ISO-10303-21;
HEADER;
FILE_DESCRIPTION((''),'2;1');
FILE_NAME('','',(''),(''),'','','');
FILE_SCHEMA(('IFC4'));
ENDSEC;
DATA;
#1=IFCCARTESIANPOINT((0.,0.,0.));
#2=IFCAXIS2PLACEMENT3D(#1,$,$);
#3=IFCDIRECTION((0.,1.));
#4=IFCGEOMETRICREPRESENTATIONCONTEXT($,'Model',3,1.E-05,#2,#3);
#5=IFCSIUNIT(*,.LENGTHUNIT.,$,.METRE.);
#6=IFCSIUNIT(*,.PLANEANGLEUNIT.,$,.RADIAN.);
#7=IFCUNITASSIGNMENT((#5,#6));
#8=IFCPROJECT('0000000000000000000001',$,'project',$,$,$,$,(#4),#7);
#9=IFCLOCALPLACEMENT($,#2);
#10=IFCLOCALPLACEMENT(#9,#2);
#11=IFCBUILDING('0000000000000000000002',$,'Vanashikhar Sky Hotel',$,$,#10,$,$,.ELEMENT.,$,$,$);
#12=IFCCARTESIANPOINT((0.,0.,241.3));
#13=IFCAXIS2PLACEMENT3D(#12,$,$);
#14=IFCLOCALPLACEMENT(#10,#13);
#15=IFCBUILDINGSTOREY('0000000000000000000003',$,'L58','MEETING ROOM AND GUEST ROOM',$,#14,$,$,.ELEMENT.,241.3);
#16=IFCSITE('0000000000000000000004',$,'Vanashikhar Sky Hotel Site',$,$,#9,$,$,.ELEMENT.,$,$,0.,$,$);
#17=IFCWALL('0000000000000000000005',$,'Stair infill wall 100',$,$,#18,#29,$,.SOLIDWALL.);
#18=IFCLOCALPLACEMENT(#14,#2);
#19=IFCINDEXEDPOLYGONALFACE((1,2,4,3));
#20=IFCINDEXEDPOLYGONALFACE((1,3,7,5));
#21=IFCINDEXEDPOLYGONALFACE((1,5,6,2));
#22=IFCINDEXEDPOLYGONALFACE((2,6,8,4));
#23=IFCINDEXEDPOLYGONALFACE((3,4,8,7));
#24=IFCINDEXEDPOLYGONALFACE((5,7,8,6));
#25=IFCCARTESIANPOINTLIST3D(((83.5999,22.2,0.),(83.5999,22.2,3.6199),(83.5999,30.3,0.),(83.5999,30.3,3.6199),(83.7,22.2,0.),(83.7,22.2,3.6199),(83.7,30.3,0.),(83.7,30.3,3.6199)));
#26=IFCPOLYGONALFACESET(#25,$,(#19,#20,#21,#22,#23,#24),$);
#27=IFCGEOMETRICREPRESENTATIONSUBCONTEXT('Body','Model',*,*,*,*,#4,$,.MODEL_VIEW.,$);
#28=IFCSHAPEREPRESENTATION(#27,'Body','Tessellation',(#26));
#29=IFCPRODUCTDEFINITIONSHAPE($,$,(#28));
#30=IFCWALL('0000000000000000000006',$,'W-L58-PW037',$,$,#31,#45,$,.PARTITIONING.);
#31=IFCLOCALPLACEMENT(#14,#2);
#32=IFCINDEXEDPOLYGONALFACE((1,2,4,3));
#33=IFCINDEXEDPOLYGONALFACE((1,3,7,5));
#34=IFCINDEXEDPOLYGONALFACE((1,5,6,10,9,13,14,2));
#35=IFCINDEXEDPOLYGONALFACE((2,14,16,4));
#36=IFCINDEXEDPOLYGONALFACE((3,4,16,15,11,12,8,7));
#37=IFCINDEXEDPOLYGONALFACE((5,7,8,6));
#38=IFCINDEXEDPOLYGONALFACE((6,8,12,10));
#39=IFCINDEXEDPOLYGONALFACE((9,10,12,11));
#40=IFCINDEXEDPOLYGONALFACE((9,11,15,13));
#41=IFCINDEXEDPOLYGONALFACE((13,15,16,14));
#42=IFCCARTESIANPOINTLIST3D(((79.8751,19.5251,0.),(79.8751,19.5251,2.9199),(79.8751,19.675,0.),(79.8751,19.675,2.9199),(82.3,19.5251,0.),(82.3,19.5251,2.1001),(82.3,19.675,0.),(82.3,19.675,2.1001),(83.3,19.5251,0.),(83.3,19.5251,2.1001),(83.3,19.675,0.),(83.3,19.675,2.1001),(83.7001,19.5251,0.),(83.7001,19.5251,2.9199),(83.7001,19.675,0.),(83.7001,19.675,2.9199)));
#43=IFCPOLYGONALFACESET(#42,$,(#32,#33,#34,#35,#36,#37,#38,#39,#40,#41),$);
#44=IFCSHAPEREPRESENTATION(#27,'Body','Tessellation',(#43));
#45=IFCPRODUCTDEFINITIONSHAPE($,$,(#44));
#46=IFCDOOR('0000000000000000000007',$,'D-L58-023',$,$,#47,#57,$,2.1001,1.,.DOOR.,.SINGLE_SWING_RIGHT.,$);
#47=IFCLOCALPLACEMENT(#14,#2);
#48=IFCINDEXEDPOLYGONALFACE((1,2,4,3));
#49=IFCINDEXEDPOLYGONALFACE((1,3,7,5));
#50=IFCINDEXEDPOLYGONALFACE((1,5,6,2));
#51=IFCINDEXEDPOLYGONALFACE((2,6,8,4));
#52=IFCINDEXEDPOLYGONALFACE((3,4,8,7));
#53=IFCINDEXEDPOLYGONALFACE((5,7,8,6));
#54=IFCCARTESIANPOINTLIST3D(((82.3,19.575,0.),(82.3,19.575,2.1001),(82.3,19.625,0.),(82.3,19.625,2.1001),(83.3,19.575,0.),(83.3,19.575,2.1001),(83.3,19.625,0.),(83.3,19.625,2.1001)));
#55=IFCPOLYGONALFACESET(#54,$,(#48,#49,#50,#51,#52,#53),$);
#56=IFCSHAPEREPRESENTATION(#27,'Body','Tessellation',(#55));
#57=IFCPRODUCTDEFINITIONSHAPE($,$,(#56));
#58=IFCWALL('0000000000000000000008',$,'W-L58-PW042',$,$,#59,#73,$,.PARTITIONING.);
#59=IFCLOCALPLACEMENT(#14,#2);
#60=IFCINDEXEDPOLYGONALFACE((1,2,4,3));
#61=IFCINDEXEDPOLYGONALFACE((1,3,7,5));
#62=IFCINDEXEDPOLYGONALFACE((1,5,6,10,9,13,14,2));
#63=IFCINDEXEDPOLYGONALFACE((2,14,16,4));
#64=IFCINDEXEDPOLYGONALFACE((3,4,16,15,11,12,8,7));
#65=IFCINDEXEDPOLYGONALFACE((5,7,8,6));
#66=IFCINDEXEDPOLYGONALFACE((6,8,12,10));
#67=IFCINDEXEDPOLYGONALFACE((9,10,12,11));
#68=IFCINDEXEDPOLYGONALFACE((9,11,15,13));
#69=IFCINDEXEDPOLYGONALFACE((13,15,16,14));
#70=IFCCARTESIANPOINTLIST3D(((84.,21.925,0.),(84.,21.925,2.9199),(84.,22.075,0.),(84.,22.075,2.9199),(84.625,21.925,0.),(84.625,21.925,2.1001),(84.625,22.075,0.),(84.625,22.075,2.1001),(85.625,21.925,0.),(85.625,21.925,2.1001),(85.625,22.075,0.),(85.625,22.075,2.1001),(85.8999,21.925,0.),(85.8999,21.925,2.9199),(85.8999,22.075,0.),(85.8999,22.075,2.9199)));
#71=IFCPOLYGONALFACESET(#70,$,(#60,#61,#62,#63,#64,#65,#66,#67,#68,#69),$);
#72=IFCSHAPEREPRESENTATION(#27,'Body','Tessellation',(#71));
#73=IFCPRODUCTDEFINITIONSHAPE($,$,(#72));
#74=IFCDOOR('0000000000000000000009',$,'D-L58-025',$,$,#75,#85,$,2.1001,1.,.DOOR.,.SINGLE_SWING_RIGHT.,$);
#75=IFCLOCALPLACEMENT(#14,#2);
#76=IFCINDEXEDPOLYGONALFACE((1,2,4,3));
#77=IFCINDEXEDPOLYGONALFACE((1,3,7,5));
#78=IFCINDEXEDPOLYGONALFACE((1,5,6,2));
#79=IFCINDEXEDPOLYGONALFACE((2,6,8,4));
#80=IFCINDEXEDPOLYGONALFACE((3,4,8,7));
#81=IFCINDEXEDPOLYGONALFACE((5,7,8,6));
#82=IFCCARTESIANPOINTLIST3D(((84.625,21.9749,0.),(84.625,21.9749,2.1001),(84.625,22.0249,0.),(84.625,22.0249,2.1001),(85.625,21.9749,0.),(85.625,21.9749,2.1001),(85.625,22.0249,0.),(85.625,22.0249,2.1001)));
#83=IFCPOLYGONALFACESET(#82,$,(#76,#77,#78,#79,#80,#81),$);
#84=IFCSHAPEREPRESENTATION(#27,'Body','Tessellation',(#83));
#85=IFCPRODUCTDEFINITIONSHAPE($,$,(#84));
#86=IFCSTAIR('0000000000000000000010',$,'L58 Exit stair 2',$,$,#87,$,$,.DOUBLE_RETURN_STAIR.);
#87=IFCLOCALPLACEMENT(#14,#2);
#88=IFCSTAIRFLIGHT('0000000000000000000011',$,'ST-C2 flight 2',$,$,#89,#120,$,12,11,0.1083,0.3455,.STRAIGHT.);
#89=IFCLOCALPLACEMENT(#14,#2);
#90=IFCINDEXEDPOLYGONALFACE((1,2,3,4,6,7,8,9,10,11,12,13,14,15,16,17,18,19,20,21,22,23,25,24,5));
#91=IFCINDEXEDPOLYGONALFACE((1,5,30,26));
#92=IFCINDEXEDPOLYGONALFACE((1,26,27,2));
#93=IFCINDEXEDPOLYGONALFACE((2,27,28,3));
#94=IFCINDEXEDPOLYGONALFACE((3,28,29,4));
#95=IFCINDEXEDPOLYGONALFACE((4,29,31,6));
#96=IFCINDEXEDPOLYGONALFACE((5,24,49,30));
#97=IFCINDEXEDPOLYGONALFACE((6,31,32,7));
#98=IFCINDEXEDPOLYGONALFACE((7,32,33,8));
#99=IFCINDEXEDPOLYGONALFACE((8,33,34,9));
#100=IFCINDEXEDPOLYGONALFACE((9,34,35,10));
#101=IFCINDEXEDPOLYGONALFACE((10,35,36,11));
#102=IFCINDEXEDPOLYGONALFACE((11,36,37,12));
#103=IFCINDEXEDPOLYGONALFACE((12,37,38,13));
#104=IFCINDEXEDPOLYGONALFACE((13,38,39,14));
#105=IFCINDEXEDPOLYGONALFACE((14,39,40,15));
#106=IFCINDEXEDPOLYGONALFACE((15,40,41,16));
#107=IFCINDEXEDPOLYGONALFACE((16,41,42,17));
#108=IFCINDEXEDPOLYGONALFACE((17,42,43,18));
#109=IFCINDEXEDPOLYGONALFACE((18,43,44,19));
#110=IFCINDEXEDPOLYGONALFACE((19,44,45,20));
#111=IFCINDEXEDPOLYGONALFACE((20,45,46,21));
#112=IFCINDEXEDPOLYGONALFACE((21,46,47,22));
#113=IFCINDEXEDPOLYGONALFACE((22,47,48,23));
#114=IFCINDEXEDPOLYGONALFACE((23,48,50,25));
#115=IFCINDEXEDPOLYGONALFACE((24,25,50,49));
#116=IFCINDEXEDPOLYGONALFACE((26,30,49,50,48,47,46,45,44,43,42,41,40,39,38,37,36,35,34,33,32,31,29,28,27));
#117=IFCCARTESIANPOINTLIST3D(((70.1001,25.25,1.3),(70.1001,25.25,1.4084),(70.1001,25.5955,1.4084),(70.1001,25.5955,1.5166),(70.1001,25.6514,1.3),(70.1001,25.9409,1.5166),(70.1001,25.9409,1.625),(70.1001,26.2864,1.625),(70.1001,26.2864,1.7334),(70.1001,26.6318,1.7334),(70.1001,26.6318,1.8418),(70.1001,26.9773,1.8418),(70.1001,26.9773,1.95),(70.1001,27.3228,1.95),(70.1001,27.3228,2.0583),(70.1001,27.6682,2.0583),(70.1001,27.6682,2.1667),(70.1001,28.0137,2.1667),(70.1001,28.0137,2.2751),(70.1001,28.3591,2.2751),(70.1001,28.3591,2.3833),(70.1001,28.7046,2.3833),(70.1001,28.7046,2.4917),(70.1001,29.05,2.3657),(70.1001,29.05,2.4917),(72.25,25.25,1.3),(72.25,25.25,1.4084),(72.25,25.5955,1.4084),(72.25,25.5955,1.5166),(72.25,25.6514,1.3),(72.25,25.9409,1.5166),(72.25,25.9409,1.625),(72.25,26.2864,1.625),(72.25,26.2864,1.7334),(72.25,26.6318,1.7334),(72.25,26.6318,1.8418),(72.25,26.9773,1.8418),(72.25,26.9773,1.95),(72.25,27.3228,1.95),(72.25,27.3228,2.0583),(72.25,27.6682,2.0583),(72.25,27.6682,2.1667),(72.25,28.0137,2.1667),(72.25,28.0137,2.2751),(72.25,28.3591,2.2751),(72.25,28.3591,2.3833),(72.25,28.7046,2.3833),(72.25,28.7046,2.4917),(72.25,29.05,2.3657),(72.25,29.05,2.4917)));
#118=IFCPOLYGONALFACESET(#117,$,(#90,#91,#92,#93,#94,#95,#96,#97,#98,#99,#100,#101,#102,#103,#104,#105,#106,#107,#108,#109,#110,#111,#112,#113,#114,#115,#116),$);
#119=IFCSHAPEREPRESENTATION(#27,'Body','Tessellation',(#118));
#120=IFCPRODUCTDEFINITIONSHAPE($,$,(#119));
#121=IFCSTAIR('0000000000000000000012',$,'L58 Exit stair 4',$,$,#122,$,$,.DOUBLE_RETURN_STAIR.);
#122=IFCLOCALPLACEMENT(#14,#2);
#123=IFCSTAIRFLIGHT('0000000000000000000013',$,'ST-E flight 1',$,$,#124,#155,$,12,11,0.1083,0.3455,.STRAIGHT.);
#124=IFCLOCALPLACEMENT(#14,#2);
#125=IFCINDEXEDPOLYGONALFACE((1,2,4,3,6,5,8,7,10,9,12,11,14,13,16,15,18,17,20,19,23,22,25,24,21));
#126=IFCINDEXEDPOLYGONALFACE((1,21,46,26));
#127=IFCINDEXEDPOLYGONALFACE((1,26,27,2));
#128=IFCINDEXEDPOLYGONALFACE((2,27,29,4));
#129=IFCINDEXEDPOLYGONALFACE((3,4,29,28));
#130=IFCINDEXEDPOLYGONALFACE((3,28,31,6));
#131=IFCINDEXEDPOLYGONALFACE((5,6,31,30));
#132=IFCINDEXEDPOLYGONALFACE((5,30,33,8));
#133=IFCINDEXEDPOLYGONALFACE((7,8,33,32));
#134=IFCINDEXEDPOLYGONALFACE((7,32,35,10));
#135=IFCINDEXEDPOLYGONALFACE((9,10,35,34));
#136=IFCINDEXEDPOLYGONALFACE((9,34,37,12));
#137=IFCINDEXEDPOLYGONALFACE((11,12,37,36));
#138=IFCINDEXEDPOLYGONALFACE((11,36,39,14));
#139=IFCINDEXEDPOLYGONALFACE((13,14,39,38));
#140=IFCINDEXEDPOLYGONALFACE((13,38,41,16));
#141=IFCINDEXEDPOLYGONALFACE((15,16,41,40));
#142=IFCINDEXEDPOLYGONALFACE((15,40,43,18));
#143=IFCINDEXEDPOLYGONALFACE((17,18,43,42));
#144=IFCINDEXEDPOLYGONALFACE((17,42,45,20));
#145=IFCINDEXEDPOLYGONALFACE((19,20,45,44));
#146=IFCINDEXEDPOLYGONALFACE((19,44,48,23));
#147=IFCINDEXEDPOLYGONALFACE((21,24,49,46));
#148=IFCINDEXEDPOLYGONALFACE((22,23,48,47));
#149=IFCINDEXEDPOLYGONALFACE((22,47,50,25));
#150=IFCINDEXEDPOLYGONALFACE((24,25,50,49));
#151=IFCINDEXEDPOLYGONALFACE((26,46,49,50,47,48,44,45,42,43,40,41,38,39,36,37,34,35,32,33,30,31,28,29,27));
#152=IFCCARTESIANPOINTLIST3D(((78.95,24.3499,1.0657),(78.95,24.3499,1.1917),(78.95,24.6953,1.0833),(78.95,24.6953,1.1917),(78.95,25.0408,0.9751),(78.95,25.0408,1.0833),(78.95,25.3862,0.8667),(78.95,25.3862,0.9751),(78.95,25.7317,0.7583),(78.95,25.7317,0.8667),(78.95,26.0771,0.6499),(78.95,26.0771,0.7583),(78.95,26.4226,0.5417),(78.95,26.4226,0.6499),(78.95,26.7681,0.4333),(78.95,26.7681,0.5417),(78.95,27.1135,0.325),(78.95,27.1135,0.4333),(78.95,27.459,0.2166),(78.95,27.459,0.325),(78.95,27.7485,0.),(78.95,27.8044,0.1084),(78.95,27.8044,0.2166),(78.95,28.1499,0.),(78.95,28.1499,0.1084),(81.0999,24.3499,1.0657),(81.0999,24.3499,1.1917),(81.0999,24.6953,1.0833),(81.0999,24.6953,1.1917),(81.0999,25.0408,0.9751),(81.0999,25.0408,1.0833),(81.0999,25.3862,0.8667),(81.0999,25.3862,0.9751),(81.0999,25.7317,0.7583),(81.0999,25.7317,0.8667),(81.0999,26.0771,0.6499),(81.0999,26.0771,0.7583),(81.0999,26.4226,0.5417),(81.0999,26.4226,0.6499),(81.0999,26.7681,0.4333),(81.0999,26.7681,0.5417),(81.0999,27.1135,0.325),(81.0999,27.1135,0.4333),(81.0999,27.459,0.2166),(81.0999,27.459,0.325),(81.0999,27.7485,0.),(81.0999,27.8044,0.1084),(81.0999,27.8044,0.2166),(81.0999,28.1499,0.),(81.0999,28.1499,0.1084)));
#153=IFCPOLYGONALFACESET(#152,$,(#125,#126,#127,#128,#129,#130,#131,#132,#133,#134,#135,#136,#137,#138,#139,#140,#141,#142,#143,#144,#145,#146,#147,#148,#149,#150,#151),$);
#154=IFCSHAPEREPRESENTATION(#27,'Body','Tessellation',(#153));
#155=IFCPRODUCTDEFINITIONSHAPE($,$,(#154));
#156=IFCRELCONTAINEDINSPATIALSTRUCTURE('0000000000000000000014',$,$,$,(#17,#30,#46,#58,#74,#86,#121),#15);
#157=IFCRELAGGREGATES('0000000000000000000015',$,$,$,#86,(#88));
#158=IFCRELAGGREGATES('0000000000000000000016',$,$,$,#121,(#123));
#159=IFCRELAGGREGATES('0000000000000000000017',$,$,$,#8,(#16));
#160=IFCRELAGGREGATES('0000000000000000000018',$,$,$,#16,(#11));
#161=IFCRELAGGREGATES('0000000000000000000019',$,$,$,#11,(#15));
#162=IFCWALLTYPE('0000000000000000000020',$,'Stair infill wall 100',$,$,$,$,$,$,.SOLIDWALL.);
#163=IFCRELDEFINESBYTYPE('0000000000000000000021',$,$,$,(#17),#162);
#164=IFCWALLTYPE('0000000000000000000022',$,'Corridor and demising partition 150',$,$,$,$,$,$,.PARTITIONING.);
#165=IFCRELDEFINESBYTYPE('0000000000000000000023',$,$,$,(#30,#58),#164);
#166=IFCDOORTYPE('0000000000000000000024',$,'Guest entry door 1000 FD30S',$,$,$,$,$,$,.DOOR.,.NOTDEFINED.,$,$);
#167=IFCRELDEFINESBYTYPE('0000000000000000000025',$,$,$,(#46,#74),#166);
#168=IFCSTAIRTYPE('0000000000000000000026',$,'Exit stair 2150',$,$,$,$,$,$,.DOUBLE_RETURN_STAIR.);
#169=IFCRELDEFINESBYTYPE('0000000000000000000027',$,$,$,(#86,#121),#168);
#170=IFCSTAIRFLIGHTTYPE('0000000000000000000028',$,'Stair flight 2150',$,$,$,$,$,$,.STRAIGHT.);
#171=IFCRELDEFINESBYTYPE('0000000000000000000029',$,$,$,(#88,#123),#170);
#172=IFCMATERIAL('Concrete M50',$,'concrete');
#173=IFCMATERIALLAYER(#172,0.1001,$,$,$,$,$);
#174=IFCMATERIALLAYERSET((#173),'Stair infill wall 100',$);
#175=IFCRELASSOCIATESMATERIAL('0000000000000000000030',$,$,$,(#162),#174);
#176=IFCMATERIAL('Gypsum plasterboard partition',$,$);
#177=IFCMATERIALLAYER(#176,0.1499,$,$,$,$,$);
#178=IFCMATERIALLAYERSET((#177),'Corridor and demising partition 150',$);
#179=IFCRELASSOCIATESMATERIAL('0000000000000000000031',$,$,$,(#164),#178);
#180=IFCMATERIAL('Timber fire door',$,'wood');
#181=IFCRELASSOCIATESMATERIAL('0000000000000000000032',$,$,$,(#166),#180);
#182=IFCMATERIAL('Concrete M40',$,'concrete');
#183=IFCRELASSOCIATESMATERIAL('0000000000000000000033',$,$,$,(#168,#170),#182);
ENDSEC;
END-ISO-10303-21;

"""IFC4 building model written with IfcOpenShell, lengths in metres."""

from ifc_helpers import new_model, si_unit, direction, frame, frame_2d, origin, place, context, subcontext, project, spatial, polyline, rectangle, outline, extrude, source, transform, mapped, material, layer, layer_set, type_object, element, fill, aggregate, save


model = new_model("IFC4")

# Units and contexts
model_context = context("Model", 3, precision=1e-05, world=origin(), true_north=direction((0.0, 1.0)))
body_context = subcontext(model_context, "Body", "Model", "MODEL_VIEW")
ifc_project = project(units=[si_unit("LENGTHUNIT", "METRE"), si_unit("PLANEANGLEUNIT", "RADIAN")], contexts=[model_context])

# Site, building, storey
site_placement = place(None, origin())
site = spatial("IfcSite", under=ifc_project, at=site_placement, Name="Vanashikhar Sky Hotel Site", CompositionType="ELEMENT", RefElevation=0.0)
building_placement = place(site_placement, origin())
building = spatial("IfcBuilding", under=site, at=building_placement, Name="Vanashikhar Sky Hotel", CompositionType="ELEMENT")
storey_placement = place(building_placement, frame((0.0, 0.0, 241.3)))
storey = spatial("IfcBuildingStorey", under=building, at=storey_placement, Name="L58", Description="MEETING ROOM AND GUEST ROOM", CompositionType="ELEMENT", Elevation=241.3)

# Shared definitions
ifc_material_1 = material(Name="Concrete M50", Category="concrete")

# Wall
ifc_layer_1 = layer(ifc_material_1, 0.1001)
ifc_layer_set_1 = layer_set([ifc_layer_1], Name="Stair infill wall 100")
wall_type_1 = type_object("IfcWallType", Name="Stair infill wall 100", PredefinedType="SOLIDWALL", material=ifc_layer_set_1)
shared_shape_1 = source(origin(), body_context, "Body", "SweptSolid", [
    extrude(rectangle(XDim=8.1001, YDim=0.1001, at=frame_2d((4.05, 0.0))), origin(), (0.0, 0.0, 1.0), 3.6199),
])
wall_1_placement = place(storey_placement, frame((83.6499, 22.2, 0.0), z_axis=(0.0, 0.0, 1.0), x_axis=(0.0, 1.0, 0.0)))
element("IfcWall", 1, at=wall_1_placement, inside=storey, type_object=wall_type_1, Name="Stair infill wall 100", PredefinedType="SOLIDWALL", context=body_context, shape_type="MappedRepresentation", body=[
    mapped(shared_shape_1, transform((0.0, 0.0, 0.0), scale=1.0)),
])

# Walls, openings, doors
ifc_material_2 = material(Name="Gypsum plasterboard partition")
ifc_layer_2 = layer(ifc_material_2, 0.1499)
ifc_layer_set_2 = layer_set([ifc_layer_2], Name="Corridor and demising partition 150")
wall_type_2 = type_object("IfcWallType", Name="Corridor and demising partition 150", PredefinedType="PARTITIONING", material=ifc_layer_set_2)
shared_shape_2 = source(origin(), body_context, "Body", "SweptSolid", [
    extrude(rectangle(XDim=3.825, YDim=0.1499, at=frame_2d((1.9126, 0.0))), origin(), (0.0, 0.0, 1.0), 2.9199),
])
wall_2_placement = place(storey_placement, frame((79.875, 19.6001, 0.0), z_axis=(0.0, 0.0, 1.0), x_axis=(1.0, 0.0, 0.0)))
wall_2 = element("IfcWall", 2, at=wall_2_placement, inside=storey, type_object=wall_type_2, Name="W-L58-PW037", PredefinedType="PARTITIONING", context=body_context, shape_type="MappedRepresentation", body=[
    mapped(shared_shape_2, transform((0.0, 0.0, 0.0), scale=1.0)),
])
shared_shape_3 = source(origin(), body_context, "Body", "SweptSolid", [
    extrude(rectangle(XDim=1.0, YDim=2.1001, at=frame_2d((0.5, 1.05))), frame((0.0, 0.085, 0.0), z_axis=(0.0, -1.0, 0.0), x_axis=(1.0, 0.0, 0.0)), (0.0, 0.0, 1.0), 0.1699),
])
opening_1_placement = place(wall_2_placement, frame((2.425, 0.0, 0.0)))
opening_1 = element("IfcOpeningElement", 3, at=opening_1_placement, cuts=wall_2, PredefinedType="OPENING", context=body_context, shape_type="MappedRepresentation", body=[
    mapped(shared_shape_3, transform((0.0, 0.0, 0.0), scale=1.0)),
])
ifc_material_3 = material(Name="Timber fire door", Category="wood")
door_type_1 = type_object("IfcDoorType", Name="Guest entry door 1000 FD30S", OperationType="NOTDEFINED", PredefinedType="DOOR", material=ifc_material_3)
shared_shape_4 = source(origin(), body_context, "Body", "SweptSolid", [
    extrude(rectangle(XDim=1.0, YDim=2.1001, at=frame_2d((0.5, 1.05))), frame((0.0, 0.0249, 0.0), z_axis=(0.0, -1.0, 0.0), x_axis=(1.0, 0.0, 0.0)), (0.0, 0.0, 1.0), 0.05),
])
door_1_placement = place(opening_1_placement, origin())
door_1 = element("IfcDoor", 4, at=door_1_placement, inside=storey, type_object=door_type_1, Name="D-L58-023", OperationType="SINGLE_SWING_RIGHT", OverallHeight=2.1001, OverallWidth=1.0, PredefinedType="DOOR", context=body_context, shape_type="MappedRepresentation", body=[
    mapped(shared_shape_4, transform((0.0, 0.0, 0.0), scale=1.0)),
])
fill(opening_1, door_1)
shared_shape_5 = source(origin(), body_context, "Body", "SweptSolid", [
    extrude(rectangle(XDim=1.8999, YDim=0.1499, at=frame_2d((0.95, 0.0))), origin(), (0.0, 0.0, 1.0), 2.9199),
])
wall_3_placement = place(storey_placement, frame((84.0, 22.0, 0.0), z_axis=(0.0, 0.0, 1.0), x_axis=(1.0, 0.0, 0.0)))
wall_3 = element("IfcWall", 5, at=wall_3_placement, inside=storey, type_object=wall_type_2, Name="W-L58-PW042", PredefinedType="PARTITIONING", context=body_context, shape_type="MappedRepresentation", body=[
    mapped(shared_shape_5, transform((0.0, 0.0, 0.0), scale=1.0)),
])
opening_2_placement = place(wall_3_placement, frame((0.625, 0.0, 0.0)))
opening_2 = element("IfcOpeningElement", 6, at=opening_2_placement, cuts=wall_3, PredefinedType="OPENING", context=body_context, shape_type="MappedRepresentation", body=[
    mapped(shared_shape_3, transform((0.0, 0.0, 0.0), scale=1.0)),
])
door_2_placement = place(opening_2_placement, origin())
door_2 = element("IfcDoor", 7, at=door_2_placement, inside=storey, type_object=door_type_1, Name="D-L58-025", OperationType="SINGLE_SWING_RIGHT", OverallHeight=2.1001, OverallWidth=1.0, PredefinedType="DOOR", context=body_context, shape_type="MappedRepresentation", body=[
    mapped(shared_shape_4, transform((0.0, 0.0, 0.0), scale=1.0)),
])
fill(opening_2, door_2)

# Stair, stair flight
ifc_material_4 = material(Name="Concrete M40", Category="concrete")
stair_type = type_object("IfcStairType", Name="Exit stair 2150", PredefinedType="DOUBLE_RETURN_STAIR", material=ifc_material_4)
stair_1_placement = place(storey_placement, origin())
stair_1 = element("IfcStair", 8, at=stair_1_placement, inside=storey, type_object=stair_type, Name="L58 Exit stair 2", PredefinedType="DOUBLE_RETURN_STAIR")
stair_flight_type = type_object("IfcStairFlightType", Name="Stair flight 2150", PredefinedType="STRAIGHT", material=ifc_material_4)
shared_shape_6 = source(origin(), body_context, "Body", "SweptSolid", [
    extrude(outline(polyline([(0.0, 0.0), (0.0, 0.1084), (0.3455, 0.1084), (0.3455, 0.2166), (0.6909, 0.2166), (0.6909, 0.325), (1.0364, 0.325), (1.0364, 0.4333), (1.3818, 0.4333), (1.3818, 0.5417), (1.7273, 0.5417), (1.7273, 0.6499), (2.0728, 0.6499), (2.0728, 0.7583), (2.4182, 0.7583), (2.4182, 0.8667), (2.7637, 0.8667), (2.7637, 0.9751), (3.1091, 0.9751), (3.1091, 1.0833), (3.4546, 1.0833), (3.4546, 1.1917), (3.8, 1.1917), (3.8, 1.3), (3.8, 1.0657), (0.4014, 0.0), (0.0, 0.0)])), frame((0.0, 1.075, 0.0), z_axis=(0.0, -1.0, 0.0), x_axis=(1.0, 0.0, 0.0)), (0.0, 0.0, 1.0), 2.1499),
])
stair_flight_1_placement = place(storey_placement, frame((71.175, 25.25, 1.3), z_axis=(0.0, 0.0, 1.0), x_axis=(0.0, 1.0, 0.0)))
stair_flight_1 = element("IfcStairFlight", 9, at=stair_flight_1_placement, type_object=stair_flight_type, Name="ST-C2 flight 2", NumberOfRisers=12, NumberOfTreads=11, PredefinedType="STRAIGHT", RiserHeight=0.1083, TreadLength=0.3455, context=body_context, shape_type="MappedRepresentation", body=[
    mapped(shared_shape_6, transform((0.0, 0.0, 0.0), scale=1.0)),
])
aggregate(stair_1, [stair_flight_1])

# Stair, stair flight
stair_2_placement = place(storey_placement, origin())
stair_2 = element("IfcStair", 10, at=stair_2_placement, inside=storey, type_object=stair_type, Name="L58 Exit stair 4", PredefinedType="DOUBLE_RETURN_STAIR")
stair_flight_2_placement = place(storey_placement, frame((80.0249, 28.1499, 0.0), z_axis=(0.0, 0.0, 1.0), x_axis=(0.0, -1.0, 0.0)))
stair_flight_2 = element("IfcStairFlight", 11, at=stair_flight_2_placement, type_object=stair_flight_type, Name="ST-E flight 1", NumberOfRisers=12, NumberOfTreads=11, PredefinedType="STRAIGHT", RiserHeight=0.1083, TreadLength=0.3455, context=body_context, shape_type="MappedRepresentation", body=[
    mapped(shared_shape_6, transform((0.0, 0.0, 0.0), scale=1.0)),
])
aggregate(stair_2, [stair_flight_2])

save(model, "model.ifc")
